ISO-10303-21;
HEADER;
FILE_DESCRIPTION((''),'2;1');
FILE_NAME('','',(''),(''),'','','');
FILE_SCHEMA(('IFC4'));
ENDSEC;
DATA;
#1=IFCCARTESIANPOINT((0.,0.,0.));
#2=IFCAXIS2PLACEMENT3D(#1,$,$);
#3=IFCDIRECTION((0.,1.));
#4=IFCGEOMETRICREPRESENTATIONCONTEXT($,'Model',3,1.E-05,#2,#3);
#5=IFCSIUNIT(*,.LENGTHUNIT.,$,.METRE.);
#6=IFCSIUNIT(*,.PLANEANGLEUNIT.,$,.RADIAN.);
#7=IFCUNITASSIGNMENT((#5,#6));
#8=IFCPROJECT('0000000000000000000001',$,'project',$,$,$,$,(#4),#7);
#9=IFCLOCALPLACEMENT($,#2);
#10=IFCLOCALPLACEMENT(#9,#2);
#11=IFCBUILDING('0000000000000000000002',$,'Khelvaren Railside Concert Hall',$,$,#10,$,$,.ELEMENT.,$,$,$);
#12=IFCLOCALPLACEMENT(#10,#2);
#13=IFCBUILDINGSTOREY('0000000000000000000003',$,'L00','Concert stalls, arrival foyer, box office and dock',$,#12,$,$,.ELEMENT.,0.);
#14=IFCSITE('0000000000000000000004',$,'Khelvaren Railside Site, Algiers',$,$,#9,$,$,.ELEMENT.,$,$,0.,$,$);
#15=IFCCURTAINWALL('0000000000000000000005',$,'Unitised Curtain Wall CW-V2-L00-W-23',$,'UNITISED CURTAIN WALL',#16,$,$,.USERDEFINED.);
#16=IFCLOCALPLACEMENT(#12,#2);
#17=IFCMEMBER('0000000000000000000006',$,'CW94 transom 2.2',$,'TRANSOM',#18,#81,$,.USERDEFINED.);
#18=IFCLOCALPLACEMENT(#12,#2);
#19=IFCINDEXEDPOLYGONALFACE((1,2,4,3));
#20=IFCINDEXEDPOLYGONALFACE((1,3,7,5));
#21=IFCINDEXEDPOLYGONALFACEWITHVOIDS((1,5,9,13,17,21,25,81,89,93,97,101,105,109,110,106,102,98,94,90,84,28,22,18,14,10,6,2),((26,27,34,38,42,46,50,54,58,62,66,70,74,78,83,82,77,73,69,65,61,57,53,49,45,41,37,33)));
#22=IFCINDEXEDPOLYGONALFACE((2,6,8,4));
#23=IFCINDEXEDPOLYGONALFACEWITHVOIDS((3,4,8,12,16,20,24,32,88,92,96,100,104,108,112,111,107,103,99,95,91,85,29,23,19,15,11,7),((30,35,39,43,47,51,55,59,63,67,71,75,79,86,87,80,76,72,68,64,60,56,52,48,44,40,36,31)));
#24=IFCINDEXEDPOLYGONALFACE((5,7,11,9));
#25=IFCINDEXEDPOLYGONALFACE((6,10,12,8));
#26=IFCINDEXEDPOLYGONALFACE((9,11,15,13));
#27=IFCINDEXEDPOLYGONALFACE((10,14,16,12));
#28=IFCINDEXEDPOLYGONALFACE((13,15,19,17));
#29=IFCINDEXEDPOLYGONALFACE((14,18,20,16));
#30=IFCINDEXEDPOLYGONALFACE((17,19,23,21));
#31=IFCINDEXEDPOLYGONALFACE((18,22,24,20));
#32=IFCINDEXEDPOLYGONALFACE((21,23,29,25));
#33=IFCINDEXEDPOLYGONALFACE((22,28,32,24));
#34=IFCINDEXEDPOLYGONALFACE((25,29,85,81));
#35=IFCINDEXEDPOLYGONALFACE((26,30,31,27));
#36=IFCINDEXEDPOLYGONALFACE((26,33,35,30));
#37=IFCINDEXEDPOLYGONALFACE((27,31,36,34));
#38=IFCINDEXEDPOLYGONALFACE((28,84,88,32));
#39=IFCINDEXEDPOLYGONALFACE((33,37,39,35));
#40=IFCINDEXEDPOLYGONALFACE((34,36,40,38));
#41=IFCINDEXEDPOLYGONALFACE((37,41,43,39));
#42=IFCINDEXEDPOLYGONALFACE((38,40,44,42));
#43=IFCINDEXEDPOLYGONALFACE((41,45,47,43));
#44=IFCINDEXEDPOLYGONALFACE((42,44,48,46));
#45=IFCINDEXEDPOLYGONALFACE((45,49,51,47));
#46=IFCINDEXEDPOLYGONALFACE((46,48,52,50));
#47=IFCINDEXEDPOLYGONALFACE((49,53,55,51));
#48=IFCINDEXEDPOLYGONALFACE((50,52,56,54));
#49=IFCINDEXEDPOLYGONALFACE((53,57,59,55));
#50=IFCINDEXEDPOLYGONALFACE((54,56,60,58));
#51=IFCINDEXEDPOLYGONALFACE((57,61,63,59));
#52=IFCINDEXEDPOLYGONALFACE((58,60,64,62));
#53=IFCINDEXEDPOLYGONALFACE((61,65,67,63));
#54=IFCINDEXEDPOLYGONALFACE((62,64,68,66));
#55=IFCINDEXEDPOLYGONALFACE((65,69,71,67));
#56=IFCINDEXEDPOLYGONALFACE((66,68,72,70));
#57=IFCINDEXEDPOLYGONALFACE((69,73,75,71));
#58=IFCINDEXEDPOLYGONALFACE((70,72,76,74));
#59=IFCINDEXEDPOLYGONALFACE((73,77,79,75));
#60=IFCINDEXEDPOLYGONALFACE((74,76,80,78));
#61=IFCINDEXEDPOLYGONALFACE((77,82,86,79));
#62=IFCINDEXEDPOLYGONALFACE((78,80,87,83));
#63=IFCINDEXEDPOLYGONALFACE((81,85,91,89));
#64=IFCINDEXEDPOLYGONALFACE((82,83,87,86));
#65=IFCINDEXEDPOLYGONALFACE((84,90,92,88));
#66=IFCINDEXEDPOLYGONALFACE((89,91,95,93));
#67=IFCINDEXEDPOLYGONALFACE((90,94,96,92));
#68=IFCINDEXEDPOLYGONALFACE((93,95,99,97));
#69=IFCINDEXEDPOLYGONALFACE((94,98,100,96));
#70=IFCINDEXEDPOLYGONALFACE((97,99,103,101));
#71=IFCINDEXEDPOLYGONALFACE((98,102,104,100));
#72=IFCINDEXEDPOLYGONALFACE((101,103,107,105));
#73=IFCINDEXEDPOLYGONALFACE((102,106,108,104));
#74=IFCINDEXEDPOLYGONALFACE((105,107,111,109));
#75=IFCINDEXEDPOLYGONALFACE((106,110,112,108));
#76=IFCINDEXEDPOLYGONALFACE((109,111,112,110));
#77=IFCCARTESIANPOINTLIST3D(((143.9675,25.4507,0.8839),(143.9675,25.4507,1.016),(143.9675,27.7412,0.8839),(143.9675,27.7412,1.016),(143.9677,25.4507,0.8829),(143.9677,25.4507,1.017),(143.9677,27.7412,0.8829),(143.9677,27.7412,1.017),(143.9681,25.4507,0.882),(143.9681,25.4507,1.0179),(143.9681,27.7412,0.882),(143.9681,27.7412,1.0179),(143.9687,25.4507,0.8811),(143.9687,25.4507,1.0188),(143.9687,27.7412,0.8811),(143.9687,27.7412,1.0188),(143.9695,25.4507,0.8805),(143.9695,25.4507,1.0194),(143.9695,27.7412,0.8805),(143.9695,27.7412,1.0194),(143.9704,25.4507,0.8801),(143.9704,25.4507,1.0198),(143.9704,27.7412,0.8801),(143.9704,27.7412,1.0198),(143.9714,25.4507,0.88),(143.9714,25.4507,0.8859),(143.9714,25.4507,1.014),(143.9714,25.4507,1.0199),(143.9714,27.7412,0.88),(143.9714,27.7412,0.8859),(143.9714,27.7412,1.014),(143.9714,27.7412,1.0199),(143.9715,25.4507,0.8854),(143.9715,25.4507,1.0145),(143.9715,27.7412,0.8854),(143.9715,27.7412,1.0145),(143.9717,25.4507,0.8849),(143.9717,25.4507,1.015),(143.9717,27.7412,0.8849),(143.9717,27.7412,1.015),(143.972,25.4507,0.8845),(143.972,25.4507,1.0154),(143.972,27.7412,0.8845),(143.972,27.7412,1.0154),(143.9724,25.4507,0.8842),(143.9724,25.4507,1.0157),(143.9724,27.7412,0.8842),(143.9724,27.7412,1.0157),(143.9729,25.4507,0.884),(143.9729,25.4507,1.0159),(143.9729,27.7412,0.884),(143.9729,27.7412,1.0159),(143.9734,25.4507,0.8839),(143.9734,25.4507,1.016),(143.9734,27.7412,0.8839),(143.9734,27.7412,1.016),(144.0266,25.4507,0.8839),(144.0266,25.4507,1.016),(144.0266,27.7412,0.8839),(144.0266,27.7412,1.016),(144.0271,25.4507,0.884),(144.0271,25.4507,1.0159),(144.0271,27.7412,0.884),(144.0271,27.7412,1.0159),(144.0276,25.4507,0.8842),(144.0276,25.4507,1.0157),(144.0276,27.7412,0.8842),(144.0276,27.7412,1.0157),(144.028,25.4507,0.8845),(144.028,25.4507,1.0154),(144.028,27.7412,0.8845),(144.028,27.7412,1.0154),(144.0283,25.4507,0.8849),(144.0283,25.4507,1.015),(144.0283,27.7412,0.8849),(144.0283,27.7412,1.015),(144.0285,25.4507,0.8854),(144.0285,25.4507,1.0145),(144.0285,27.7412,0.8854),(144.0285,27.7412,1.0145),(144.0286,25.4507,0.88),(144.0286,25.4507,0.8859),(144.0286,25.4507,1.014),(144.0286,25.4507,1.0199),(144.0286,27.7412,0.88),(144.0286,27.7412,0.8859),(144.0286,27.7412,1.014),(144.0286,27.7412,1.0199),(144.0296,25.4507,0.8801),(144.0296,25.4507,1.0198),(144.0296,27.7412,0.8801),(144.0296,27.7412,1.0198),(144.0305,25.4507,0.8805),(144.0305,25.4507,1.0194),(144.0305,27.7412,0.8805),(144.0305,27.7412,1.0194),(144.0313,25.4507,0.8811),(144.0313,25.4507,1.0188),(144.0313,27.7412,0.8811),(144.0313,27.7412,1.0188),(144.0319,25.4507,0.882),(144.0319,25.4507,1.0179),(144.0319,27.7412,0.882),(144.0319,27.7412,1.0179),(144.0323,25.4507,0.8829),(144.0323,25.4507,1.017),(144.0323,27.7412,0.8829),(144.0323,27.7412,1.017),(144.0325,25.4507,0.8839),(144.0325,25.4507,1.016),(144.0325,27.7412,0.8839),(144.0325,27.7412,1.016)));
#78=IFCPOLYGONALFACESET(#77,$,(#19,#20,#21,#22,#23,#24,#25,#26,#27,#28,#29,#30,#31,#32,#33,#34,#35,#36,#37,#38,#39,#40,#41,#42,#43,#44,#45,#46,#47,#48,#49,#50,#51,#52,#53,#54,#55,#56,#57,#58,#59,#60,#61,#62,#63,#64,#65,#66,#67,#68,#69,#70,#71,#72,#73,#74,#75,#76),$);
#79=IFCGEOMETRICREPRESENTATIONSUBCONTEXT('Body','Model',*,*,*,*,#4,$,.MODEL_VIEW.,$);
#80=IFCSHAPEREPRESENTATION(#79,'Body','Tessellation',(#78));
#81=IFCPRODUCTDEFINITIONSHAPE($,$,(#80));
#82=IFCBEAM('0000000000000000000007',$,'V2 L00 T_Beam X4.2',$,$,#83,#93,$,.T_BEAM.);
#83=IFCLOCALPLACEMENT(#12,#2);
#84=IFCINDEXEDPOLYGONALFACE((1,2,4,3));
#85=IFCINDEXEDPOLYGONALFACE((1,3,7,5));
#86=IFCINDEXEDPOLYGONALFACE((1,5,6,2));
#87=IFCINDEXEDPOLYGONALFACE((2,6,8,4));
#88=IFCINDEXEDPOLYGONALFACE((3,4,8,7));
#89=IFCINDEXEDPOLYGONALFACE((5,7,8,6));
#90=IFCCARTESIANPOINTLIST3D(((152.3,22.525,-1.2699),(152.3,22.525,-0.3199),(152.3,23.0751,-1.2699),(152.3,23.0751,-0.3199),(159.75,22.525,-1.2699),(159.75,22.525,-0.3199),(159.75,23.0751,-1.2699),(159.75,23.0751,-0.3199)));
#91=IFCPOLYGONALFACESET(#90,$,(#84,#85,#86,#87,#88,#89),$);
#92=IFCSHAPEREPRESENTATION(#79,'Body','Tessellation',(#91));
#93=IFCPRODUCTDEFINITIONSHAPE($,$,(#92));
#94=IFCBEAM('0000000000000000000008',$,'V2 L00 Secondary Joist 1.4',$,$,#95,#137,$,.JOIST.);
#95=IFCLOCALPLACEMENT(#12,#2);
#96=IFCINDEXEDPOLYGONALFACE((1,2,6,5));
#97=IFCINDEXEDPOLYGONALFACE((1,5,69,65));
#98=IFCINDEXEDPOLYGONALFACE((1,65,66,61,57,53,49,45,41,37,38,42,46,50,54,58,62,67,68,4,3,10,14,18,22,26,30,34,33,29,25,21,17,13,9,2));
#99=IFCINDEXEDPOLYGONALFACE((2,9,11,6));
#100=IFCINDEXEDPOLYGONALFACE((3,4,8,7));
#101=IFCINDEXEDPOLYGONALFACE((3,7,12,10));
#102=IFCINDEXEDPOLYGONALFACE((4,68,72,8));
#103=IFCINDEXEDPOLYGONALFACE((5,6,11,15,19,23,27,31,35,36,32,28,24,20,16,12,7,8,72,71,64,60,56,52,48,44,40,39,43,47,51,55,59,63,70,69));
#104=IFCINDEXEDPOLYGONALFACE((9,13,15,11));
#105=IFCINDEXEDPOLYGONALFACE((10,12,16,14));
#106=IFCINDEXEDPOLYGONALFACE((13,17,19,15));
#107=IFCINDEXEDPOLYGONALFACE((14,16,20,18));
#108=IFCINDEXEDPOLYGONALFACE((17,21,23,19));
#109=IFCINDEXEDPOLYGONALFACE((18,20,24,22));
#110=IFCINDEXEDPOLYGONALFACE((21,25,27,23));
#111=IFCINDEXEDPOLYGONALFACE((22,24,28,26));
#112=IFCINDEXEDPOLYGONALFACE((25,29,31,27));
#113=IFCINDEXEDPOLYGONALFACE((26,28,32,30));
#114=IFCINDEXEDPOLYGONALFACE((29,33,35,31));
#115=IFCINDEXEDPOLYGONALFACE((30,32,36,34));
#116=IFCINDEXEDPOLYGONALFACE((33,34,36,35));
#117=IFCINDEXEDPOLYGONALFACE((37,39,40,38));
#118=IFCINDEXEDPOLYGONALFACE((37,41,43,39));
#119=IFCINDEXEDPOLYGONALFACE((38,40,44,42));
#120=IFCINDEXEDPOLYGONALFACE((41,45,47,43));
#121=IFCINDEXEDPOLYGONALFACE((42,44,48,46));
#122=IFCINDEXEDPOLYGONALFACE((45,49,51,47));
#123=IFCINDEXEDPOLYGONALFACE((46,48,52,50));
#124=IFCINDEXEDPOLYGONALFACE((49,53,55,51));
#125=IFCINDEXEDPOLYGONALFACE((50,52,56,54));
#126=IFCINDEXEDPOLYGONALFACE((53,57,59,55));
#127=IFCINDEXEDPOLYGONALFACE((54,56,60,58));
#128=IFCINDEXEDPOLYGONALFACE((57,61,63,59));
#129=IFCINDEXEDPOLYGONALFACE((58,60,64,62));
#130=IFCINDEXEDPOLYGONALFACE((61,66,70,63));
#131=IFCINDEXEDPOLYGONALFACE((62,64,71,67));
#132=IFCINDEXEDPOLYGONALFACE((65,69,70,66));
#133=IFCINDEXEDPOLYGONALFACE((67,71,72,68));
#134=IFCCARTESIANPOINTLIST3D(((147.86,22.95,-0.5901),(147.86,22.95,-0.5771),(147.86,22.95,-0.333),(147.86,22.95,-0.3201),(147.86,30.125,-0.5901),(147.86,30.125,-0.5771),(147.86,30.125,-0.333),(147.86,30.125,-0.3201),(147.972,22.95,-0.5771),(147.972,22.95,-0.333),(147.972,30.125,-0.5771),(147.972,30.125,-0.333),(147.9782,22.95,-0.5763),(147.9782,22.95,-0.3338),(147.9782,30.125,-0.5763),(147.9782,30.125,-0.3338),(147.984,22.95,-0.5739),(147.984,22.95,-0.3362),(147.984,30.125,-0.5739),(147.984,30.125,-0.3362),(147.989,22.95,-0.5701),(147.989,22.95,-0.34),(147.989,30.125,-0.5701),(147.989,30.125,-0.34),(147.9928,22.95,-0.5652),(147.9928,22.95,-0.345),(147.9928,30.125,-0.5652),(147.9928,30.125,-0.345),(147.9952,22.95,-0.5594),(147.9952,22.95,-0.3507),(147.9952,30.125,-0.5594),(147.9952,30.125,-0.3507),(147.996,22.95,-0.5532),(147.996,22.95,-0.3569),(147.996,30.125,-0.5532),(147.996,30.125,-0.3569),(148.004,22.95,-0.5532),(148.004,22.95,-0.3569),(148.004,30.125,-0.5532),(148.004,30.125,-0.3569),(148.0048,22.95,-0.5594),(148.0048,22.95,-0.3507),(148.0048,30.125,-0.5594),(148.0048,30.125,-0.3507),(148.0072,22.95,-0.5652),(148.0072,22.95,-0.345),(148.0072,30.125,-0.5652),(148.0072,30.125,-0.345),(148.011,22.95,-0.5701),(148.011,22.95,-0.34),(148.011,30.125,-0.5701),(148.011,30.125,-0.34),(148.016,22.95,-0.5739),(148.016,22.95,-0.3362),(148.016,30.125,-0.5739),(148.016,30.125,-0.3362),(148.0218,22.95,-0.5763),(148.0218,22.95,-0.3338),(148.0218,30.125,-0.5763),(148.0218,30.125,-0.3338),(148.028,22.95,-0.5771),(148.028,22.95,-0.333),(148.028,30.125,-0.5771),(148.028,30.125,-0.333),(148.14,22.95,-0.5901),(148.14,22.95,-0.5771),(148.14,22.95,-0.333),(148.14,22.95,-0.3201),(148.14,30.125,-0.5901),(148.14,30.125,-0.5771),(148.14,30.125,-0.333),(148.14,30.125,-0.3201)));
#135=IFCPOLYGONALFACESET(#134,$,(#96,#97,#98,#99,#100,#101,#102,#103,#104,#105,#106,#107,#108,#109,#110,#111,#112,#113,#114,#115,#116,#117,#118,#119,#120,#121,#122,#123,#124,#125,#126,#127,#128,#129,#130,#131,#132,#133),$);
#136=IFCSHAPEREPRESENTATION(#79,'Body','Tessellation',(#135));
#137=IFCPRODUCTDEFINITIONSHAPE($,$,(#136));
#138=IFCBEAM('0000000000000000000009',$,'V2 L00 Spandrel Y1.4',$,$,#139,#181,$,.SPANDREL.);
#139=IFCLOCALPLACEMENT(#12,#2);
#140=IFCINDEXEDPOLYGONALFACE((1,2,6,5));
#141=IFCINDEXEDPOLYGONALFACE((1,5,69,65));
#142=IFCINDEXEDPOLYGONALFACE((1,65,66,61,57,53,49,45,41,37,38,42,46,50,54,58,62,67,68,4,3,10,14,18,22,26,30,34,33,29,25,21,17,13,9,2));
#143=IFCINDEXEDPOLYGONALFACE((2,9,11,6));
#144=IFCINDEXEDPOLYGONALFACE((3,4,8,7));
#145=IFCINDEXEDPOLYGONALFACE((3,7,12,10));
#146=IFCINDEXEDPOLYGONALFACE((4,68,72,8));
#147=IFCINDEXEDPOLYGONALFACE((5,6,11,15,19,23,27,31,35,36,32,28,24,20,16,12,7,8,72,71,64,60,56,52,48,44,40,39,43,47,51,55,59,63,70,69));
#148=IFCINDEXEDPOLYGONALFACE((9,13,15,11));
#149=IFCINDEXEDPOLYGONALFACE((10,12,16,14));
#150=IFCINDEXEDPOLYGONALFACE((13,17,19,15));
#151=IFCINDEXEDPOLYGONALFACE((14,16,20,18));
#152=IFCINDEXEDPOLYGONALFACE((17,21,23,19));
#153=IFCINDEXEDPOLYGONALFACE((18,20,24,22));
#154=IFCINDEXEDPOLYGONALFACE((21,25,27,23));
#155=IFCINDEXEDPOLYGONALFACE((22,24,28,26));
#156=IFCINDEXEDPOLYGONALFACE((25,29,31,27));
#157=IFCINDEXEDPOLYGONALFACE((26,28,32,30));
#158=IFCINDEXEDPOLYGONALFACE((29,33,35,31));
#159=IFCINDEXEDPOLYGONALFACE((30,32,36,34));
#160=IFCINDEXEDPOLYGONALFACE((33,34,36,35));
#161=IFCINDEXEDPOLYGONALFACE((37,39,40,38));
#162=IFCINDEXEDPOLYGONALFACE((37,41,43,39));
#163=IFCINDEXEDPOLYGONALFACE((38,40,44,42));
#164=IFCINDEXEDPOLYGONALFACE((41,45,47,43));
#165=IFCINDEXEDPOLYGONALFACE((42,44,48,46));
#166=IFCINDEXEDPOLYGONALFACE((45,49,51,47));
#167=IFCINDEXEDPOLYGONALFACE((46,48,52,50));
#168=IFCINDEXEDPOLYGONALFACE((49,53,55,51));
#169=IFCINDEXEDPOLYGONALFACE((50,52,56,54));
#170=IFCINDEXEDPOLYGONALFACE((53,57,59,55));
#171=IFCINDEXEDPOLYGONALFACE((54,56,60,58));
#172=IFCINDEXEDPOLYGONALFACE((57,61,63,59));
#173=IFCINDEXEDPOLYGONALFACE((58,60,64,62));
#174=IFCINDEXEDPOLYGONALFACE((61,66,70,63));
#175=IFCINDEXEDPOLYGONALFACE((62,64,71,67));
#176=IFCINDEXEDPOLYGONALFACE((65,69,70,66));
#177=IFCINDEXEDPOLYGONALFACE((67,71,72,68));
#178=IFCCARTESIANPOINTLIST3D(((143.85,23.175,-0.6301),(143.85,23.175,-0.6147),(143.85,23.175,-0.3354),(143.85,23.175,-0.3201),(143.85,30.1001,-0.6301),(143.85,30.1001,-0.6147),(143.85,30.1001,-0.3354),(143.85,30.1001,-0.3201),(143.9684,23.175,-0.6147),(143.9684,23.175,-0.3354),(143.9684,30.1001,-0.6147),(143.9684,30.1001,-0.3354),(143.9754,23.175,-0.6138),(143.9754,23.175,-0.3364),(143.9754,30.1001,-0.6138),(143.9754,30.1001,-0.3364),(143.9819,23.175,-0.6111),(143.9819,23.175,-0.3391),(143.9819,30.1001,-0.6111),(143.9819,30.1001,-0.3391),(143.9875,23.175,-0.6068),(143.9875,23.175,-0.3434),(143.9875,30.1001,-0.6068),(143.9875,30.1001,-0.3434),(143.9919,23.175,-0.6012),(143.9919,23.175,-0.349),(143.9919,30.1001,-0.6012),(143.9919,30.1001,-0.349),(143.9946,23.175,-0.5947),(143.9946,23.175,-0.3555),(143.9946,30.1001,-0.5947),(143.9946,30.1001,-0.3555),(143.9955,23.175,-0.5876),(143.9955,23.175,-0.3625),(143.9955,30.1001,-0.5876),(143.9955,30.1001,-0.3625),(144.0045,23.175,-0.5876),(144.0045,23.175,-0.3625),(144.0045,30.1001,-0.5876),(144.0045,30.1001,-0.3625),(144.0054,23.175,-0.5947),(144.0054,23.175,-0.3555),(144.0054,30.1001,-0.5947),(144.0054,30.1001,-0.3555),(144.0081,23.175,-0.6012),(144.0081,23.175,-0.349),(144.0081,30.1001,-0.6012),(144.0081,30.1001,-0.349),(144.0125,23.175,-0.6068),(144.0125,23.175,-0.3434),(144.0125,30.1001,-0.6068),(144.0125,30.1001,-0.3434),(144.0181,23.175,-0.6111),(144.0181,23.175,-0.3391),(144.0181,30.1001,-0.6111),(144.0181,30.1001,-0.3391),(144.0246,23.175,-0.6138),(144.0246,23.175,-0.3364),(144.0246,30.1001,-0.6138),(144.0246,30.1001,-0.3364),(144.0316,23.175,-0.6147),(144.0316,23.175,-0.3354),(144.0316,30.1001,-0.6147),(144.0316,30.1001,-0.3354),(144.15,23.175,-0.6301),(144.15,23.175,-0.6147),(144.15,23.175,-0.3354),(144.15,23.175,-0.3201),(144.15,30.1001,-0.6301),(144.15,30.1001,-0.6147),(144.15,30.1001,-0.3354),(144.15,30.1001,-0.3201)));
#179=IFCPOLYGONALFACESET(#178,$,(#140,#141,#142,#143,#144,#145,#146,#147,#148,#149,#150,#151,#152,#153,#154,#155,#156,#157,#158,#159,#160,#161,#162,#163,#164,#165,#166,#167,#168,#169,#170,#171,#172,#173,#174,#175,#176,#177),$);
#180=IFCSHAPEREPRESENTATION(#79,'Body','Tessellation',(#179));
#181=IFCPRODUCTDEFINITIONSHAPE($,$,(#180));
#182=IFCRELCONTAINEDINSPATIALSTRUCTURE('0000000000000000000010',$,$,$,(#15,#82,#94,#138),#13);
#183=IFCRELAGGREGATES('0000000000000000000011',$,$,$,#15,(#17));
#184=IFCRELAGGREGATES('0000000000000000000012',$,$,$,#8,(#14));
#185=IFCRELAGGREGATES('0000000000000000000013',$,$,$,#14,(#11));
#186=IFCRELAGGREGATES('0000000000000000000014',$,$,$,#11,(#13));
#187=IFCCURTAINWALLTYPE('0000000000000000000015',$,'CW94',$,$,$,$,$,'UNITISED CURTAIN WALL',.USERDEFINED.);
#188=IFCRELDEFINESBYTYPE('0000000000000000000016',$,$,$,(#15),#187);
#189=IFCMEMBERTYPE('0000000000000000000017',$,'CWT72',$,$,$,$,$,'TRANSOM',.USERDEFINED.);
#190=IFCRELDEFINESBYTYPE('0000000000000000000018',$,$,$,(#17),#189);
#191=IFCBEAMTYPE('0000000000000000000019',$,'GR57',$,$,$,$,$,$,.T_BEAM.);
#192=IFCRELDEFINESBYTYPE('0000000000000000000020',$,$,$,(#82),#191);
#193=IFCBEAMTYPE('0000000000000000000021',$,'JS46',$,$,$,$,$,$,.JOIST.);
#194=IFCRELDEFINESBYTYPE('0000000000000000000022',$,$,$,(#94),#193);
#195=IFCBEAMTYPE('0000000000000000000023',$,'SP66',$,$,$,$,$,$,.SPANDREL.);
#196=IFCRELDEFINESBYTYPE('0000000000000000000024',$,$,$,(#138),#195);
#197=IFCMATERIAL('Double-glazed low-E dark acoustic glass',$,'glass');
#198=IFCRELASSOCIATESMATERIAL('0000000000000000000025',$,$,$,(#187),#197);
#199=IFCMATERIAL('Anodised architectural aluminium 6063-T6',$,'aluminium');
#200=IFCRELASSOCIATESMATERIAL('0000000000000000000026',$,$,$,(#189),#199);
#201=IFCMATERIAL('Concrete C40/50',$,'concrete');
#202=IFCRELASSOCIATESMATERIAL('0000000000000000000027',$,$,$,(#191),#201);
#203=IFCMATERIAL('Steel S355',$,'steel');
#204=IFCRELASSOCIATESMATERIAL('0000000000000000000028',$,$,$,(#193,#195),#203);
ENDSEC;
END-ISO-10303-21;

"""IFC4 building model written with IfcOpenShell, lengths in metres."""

from ifc_helpers import new_model, si_unit, direction, frame, origin, origin_2d, place, context, subcontext, project, spatial, rectangle, hollow_rectangle, i_section, extrude, material, material_profile, profile_set, type_object, element, aggregate, save


model = new_model("IFC4")

# Units and contexts
model_context = context("Model", 3, precision=1e-05, world=origin(), true_north=direction((0.0, 1.0)))
body_context = subcontext(model_context, "Body", "Model", "MODEL_VIEW")
ifc_project = project(units=[si_unit("LENGTHUNIT", "METRE"), si_unit("PLANEANGLEUNIT", "RADIAN")], contexts=[model_context])

# Site, building, storey
site_placement = place(None, origin())
site = spatial("IfcSite", under=ifc_project, at=site_placement, Name="Khelvaren Railside Site, Algiers", CompositionType="ELEMENT", RefElevation=0.0)
building_placement = place(site_placement, origin())
building = spatial("IfcBuilding", under=site, at=building_placement, Name="Khelvaren Railside Concert Hall", CompositionType="ELEMENT")
storey_placement = place(building_placement, origin())
storey = spatial("IfcBuildingStorey", under=building, at=storey_placement, Name="L00", Description="Concert stalls, arrival foyer, box office and dock", CompositionType="ELEMENT", Elevation=0.0)

# Shared definitions
ifc_material_1 = material(Name="Concrete C40/50", Category="concrete")

# Curtain wall, member
ifc_material_2 = material(Name="Double-glazed low-E dark acoustic glass", Category="glass")
curtain_wall_type = type_object("IfcCurtainWallType", Name="CW94", ElementType="UNITISED CURTAIN WALL", PredefinedType="USERDEFINED", material=ifc_material_2)
curtain_wall_placement = place(storey_placement, origin())
curtain_wall = element("IfcCurtainWall", 1, at=curtain_wall_placement, inside=storey, type_object=curtain_wall_type, Name="Unitised Curtain Wall CW-V2-L00-W-23", ObjectType="UNITISED CURTAIN WALL", PredefinedType="USERDEFINED")
ifc_material_3 = material(Name="Anodised architectural aluminium 6063-T6", Category="aluminium")
ifc_material_profile_1 = material_profile(ifc_material_3, hollow_rectangle(XDim=0.0649, YDim=0.1399, WallThickness=0.0039, InnerFilletRadius=0.002, OuterFilletRadius=0.0039, at=origin_2d()), Name="CWT 65x140x4")
ifc_profile_set_1 = profile_set([ifc_material_profile_1], Name="Anodised architectural aluminium 6063-T6")
member_type_1 = type_object("IfcMemberType", Name="CWT72", ElementType="TRANSOM", PredefinedType="USERDEFINED", material=ifc_profile_set_1)
member_1_placement = place(storey_placement, frame((144.0, 25.4507, 0.95), z_axis=(0.0, 1.0, 0.0), x_axis=(-1.0, 0.0, 0.0)))
member_1 = element("IfcMember", 2, at=member_1_placement, type_object=member_type_1, Name="CW94 transom 2.2", ObjectType="TRANSOM", PredefinedType="USERDEFINED", context=body_context, shape_type="SweptSolid", body=[
    extrude(hollow_rectangle(XDim=0.0649, YDim=0.1399, WallThickness=0.0039, InnerFilletRadius=0.002, OuterFilletRadius=0.0039, at=origin_2d()), origin(), (0.0, 0.0, 1.0), 2.2905),
])

# Beams
ifc_material_profile_2 = material_profile(ifc_material_1, rectangle(XDim=0.55, YDim=0.95, at=origin_2d()), Name="RCB 550x950")
ifc_profile_set_2 = profile_set([ifc_material_profile_2], Name="Concrete C40/50")
beam_type_1 = type_object("IfcBeamType", Name="GR57", PredefinedType="T_BEAM", material=ifc_profile_set_2)
beam_1_placement = place(storey_placement, frame((152.3, 22.8, -0.7949), z_axis=(1.0, 0.0, 0.0), x_axis=(0.0, 1.0, 0.0)))
element("IfcBeam", 3, at=beam_1_placement, inside=storey, type_object=beam_type_1, Name="V2 L00 T_Beam X4.2", PredefinedType="T_BEAM", context=body_context, shape_type="SweptSolid", body=[
    extrude(rectangle(XDim=0.55, YDim=0.95, at=origin_2d()), origin(), (0.0, 0.0, 1.0), 7.45),
])
ifc_material_4 = material(Name="Steel S355", Category="steel")
ifc_material_profile_3 = material_profile(ifc_material_4, i_section(OverallWidth=0.28, OverallDepth=0.27, WebThickness=0.0081, FlangeThickness=0.0129, FilletRadius=0.0239, at=origin_2d()), Name="HEA 280")
ifc_profile_set_3 = profile_set([ifc_material_profile_3], Name="Steel S355")
beam_type_2 = type_object("IfcBeamType", Name="JS46", PredefinedType="JOIST", material=ifc_profile_set_3)
beam_2_placement = place(storey_placement, frame((148.0, 22.95, -0.4551), z_axis=(0.0, 1.0, 0.0), x_axis=(-1.0, 0.0, 0.0)))
element("IfcBeam", 4, at=beam_2_placement, inside=storey, type_object=beam_type_2, Name="V2 L00 Secondary Joist 1.4", PredefinedType="JOIST", context=body_context, shape_type="SweptSolid", body=[
    extrude(i_section(OverallWidth=0.28, OverallDepth=0.27, WebThickness=0.0081, FlangeThickness=0.0129, FilletRadius=0.0239, at=origin_2d()), origin(), (0.0, 0.0, 1.0), 7.175),
])
ifc_material_profile_4 = material_profile(ifc_material_4, i_section(OverallWidth=0.3, OverallDepth=0.3101, WebThickness=0.009, FlangeThickness=0.0154, FilletRadius=0.0271, at=origin_2d()), Name="HEA 320")
ifc_profile_set_4 = profile_set([ifc_material_profile_4], Name="Steel S355")
beam_type_3 = type_object("IfcBeamType", Name="SP66", PredefinedType="SPANDREL", material=ifc_profile_set_4)
beam_3_placement = place(storey_placement, frame((144.0, 23.175, -0.4751), z_axis=(0.0, 1.0, 0.0), x_axis=(-1.0, 0.0, 0.0)))
element("IfcBeam", 5, at=beam_3_placement, inside=storey, type_object=beam_type_3, Name="V2 L00 Spandrel Y1.4", PredefinedType="SPANDREL", context=body_context, shape_type="SweptSolid", body=[
    extrude(i_section(OverallWidth=0.3, OverallDepth=0.3101, WebThickness=0.009, FlangeThickness=0.0154, FilletRadius=0.0271, at=origin_2d()), origin(), (0.0, 0.0, 1.0), 6.925),
])

aggregate(curtain_wall, [member_1])

save(model, "model.ifc")
